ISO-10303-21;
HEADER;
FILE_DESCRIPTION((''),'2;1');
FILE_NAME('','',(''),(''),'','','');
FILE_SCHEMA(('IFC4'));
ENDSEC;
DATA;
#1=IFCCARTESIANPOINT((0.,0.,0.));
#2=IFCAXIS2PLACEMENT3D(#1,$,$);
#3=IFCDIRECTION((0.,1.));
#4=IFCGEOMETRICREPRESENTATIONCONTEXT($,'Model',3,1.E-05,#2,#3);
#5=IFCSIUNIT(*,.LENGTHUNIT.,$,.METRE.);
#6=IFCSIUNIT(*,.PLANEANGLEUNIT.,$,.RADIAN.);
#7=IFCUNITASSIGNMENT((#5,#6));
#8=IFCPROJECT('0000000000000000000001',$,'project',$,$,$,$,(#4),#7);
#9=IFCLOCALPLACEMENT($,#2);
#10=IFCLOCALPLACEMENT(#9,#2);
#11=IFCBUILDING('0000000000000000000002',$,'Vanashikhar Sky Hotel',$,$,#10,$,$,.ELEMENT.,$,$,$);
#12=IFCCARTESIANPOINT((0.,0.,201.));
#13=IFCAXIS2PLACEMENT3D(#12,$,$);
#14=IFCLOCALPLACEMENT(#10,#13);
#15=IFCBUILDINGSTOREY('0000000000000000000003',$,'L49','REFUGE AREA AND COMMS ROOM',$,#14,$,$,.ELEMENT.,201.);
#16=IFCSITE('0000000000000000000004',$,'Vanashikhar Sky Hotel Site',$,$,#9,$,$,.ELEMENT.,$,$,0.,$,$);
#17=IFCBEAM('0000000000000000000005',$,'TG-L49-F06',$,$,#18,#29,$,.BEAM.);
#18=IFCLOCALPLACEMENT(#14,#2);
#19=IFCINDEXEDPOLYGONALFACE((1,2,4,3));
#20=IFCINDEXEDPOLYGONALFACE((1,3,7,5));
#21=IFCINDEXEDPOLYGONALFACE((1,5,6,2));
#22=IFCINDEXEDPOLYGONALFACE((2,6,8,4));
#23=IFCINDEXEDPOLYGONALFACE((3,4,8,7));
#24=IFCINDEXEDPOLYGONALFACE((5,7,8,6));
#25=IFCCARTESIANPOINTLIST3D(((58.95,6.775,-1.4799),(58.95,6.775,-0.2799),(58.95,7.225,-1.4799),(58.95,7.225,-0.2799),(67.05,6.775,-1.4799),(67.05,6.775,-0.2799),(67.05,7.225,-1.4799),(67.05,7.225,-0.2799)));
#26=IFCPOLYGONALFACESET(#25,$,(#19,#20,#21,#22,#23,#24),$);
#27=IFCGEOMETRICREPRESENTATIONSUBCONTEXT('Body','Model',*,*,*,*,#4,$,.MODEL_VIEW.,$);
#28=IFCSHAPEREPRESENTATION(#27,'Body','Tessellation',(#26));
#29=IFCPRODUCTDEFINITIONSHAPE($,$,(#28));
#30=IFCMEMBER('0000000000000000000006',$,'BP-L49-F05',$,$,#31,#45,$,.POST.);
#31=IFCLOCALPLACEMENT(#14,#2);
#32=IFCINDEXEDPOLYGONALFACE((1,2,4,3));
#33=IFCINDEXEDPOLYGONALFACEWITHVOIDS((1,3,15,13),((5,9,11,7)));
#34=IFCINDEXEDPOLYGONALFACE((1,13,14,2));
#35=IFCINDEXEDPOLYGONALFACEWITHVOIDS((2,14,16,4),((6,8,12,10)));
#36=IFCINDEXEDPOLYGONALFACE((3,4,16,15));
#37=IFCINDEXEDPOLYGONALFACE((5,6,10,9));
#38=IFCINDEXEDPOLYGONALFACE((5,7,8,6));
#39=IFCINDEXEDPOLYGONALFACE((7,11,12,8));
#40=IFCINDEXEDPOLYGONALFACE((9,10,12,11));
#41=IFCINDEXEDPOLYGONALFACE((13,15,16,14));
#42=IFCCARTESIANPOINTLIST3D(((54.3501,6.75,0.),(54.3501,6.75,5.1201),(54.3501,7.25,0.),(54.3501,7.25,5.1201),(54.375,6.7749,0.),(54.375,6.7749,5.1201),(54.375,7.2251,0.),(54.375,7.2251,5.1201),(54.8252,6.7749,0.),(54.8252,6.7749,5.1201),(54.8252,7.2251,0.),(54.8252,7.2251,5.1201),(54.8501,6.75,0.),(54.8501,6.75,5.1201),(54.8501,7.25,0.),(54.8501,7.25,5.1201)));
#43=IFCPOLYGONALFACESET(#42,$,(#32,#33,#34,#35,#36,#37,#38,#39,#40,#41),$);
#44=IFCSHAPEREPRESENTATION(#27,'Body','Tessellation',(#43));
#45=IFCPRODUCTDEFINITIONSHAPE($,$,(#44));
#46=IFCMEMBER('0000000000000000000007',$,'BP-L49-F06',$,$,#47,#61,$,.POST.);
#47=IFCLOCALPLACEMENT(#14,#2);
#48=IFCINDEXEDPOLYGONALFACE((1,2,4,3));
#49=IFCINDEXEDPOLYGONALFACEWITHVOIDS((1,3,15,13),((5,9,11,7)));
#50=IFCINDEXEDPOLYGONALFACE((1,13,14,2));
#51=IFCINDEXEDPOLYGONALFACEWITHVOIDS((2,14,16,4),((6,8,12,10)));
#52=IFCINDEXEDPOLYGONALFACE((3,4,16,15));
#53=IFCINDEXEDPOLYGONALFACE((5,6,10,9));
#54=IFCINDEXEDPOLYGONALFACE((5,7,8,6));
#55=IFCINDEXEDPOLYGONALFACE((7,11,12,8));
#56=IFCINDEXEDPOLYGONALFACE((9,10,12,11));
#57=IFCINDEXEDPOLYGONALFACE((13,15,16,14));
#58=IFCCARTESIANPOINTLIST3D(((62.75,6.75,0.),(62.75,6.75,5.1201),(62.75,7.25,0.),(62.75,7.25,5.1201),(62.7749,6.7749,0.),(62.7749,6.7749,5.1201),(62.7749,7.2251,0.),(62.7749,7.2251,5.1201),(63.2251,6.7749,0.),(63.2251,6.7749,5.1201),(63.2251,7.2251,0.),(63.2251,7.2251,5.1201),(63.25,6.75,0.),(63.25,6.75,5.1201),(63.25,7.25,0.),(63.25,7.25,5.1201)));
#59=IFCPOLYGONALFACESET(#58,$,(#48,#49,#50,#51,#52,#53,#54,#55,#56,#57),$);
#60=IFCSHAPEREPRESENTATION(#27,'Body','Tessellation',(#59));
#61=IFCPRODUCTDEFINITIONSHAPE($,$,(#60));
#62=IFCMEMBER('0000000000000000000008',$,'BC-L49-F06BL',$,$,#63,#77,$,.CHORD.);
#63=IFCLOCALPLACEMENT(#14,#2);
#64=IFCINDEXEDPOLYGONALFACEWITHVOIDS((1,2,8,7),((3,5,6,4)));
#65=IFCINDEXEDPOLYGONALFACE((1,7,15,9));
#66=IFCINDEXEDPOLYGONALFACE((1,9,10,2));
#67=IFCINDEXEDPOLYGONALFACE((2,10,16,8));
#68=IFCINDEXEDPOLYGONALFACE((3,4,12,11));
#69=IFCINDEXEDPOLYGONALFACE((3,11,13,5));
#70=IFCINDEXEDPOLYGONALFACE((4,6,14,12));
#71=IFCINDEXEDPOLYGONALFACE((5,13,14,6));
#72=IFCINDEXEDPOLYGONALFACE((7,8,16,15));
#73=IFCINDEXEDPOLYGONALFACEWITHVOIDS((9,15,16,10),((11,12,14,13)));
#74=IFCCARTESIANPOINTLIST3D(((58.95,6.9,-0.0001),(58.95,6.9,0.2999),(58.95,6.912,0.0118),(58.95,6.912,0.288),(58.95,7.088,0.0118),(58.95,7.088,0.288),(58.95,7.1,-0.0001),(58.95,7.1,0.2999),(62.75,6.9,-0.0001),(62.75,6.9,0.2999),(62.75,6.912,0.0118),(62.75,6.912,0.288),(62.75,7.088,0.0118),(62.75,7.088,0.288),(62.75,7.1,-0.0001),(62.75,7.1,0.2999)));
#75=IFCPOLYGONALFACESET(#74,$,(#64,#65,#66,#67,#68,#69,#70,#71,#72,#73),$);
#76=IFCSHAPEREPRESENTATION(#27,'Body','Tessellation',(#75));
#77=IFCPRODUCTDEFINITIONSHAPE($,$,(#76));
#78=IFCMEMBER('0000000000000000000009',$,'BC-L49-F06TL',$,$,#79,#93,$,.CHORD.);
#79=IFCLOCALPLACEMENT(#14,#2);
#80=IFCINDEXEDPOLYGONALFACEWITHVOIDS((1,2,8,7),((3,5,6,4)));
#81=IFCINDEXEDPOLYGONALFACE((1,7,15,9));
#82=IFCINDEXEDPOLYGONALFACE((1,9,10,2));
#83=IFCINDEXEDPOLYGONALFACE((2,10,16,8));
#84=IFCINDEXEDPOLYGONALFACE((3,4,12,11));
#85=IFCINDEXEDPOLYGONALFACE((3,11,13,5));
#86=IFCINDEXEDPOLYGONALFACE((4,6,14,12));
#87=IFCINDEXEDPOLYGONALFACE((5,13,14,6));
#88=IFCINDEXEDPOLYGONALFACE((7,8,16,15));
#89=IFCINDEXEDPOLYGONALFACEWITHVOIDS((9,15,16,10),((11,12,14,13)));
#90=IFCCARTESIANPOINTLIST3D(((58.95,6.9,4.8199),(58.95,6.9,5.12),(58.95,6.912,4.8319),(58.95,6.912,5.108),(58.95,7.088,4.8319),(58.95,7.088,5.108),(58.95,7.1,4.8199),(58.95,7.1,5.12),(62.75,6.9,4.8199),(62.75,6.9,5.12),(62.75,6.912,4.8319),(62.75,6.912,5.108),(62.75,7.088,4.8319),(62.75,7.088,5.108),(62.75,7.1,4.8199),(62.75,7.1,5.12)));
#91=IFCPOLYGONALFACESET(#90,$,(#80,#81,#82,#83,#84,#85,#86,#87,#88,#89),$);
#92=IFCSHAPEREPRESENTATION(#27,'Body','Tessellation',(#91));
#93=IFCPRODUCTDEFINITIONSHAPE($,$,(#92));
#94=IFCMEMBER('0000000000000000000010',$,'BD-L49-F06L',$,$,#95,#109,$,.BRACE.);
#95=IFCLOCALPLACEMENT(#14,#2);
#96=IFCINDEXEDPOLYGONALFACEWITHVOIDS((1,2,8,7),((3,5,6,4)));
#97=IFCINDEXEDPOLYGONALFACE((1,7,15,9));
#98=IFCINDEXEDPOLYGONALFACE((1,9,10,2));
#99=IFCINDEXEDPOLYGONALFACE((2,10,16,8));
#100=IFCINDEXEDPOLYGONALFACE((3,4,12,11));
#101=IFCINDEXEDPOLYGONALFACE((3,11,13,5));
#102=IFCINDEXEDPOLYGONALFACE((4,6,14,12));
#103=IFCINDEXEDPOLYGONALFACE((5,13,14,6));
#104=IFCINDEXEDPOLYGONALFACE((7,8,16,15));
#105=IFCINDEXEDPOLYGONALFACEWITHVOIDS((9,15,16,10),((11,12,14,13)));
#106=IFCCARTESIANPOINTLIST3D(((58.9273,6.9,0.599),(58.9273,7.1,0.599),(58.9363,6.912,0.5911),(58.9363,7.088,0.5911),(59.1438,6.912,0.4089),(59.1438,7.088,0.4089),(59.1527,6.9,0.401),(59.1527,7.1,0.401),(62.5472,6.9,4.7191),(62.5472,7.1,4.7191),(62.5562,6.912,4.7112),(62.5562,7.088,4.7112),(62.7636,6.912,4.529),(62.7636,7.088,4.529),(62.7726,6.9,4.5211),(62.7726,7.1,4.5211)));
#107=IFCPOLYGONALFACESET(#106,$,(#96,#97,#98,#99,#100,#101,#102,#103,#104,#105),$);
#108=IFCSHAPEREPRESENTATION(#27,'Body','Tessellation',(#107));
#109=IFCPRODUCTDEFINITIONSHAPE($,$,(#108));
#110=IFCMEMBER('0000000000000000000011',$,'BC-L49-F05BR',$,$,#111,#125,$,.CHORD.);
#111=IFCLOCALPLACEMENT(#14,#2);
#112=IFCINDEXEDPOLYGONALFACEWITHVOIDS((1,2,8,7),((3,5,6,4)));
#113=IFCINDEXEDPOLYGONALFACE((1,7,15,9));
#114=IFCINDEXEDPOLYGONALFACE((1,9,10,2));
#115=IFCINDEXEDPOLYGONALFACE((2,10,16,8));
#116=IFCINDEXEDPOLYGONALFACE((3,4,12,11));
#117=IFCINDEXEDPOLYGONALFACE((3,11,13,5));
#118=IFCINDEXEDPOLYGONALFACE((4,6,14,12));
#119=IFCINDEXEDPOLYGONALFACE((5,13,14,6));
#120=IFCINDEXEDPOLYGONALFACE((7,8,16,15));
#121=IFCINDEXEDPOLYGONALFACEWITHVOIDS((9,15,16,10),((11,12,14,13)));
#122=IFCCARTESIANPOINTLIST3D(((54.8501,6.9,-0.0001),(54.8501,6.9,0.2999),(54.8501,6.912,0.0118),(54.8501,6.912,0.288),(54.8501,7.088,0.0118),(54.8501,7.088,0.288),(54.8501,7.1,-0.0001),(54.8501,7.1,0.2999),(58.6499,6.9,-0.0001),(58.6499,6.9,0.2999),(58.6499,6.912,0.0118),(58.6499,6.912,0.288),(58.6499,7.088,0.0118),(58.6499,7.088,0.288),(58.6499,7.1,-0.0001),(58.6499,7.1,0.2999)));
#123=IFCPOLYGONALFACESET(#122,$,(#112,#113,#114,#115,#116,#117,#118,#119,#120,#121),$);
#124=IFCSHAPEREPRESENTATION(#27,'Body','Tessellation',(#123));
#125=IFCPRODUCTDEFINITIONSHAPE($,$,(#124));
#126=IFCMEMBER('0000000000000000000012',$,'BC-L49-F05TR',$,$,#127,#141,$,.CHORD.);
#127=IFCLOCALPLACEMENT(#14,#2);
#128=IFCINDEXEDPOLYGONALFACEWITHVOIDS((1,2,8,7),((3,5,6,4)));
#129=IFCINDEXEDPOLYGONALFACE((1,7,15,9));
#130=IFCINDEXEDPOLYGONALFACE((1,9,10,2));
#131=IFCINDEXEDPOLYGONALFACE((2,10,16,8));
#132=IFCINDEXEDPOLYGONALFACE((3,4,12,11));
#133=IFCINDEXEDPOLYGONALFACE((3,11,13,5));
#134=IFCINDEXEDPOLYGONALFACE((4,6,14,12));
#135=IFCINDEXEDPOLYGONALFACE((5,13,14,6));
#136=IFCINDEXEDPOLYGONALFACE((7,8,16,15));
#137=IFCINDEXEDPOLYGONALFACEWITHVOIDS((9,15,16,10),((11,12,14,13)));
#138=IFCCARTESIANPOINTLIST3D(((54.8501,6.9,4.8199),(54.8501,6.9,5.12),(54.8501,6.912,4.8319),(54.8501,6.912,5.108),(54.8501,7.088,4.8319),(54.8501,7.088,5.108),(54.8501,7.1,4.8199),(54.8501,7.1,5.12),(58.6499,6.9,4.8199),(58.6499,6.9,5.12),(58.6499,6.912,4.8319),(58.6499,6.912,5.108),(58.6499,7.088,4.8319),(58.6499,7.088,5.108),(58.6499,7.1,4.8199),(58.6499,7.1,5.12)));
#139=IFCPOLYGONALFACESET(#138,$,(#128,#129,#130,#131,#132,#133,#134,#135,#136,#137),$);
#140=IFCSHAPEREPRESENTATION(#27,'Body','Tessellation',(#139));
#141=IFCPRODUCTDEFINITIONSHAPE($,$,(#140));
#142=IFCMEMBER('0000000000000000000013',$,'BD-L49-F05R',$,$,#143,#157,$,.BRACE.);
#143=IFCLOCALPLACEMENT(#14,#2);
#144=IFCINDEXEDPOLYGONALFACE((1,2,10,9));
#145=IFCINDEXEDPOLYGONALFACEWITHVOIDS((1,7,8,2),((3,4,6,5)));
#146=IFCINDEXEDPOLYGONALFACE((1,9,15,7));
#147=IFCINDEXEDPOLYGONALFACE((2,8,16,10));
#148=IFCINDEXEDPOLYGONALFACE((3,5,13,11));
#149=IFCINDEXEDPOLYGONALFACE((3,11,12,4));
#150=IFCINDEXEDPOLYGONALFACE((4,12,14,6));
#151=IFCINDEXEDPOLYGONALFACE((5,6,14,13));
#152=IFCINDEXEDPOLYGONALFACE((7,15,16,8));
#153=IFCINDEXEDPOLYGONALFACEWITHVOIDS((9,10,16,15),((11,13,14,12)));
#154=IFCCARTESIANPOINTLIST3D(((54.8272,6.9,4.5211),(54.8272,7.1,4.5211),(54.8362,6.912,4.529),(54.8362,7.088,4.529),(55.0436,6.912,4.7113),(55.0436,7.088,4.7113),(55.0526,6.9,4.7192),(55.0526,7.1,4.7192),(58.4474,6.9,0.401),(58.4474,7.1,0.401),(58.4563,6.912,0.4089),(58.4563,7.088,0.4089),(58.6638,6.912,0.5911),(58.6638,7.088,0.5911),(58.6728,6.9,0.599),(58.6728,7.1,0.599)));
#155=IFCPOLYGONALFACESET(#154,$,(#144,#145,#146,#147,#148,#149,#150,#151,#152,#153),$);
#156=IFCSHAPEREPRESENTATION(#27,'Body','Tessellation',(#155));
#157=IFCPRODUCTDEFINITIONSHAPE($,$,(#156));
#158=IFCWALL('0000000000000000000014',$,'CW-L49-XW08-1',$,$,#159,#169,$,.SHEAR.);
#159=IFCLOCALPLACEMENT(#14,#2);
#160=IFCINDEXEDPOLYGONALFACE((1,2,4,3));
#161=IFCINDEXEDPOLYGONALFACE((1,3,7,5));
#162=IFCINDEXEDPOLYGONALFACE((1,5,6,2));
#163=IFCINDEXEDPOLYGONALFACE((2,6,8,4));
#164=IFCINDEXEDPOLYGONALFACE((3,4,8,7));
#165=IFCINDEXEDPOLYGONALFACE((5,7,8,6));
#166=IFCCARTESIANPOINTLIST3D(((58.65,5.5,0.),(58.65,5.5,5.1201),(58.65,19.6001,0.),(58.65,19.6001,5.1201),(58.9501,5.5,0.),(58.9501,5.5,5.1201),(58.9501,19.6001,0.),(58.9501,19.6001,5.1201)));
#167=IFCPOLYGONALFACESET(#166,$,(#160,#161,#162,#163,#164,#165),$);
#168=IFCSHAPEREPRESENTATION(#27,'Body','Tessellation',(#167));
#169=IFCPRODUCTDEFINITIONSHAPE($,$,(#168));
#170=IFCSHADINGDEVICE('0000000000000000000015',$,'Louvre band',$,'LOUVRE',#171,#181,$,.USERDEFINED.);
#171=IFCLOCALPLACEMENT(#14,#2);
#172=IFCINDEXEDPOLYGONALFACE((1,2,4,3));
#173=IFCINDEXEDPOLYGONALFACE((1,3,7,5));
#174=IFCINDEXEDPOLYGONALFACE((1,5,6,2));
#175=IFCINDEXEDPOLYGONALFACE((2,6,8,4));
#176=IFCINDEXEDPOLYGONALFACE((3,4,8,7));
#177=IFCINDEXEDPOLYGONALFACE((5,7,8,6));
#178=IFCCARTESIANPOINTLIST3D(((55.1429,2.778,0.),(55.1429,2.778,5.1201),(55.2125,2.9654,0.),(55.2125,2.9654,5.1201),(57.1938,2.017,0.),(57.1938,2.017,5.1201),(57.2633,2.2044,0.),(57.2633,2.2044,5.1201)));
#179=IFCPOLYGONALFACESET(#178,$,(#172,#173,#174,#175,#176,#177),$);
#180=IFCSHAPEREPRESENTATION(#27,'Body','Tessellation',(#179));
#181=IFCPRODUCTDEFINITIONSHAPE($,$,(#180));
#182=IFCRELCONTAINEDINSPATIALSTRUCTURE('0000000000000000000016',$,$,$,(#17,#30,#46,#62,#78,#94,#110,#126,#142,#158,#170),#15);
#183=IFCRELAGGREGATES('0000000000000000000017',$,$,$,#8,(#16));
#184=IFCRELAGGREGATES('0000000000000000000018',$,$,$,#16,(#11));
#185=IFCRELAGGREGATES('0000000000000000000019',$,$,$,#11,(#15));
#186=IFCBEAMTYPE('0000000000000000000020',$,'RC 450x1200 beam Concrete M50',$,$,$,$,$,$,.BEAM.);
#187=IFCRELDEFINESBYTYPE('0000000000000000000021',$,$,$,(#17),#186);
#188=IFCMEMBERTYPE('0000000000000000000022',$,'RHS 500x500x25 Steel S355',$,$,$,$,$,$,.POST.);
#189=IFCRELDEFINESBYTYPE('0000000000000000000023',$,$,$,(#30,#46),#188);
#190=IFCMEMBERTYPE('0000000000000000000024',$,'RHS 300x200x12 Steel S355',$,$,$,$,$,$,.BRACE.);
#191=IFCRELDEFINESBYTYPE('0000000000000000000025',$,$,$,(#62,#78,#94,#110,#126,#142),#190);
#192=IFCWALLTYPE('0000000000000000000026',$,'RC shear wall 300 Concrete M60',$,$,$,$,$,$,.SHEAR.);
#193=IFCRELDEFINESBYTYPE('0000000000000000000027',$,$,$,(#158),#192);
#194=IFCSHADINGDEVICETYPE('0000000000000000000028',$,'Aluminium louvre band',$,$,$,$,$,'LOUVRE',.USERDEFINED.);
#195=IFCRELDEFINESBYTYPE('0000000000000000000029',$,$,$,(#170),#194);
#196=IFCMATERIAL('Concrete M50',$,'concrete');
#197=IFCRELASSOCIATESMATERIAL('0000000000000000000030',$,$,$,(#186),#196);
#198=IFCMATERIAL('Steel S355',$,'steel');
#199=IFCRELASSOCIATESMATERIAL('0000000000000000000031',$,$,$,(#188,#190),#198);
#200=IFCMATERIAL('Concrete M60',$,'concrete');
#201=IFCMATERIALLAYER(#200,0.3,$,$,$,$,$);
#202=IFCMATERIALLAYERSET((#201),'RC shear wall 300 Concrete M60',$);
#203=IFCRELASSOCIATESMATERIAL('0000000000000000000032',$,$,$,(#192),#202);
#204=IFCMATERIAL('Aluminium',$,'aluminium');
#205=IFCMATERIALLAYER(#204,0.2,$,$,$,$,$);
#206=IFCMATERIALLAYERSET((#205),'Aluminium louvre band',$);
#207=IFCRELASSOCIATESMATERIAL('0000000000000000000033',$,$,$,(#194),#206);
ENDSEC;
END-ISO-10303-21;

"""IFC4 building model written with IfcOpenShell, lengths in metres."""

from ifc_helpers import new_model, si_unit, direction, frame, frame_2d, origin, origin_2d, place, context, subcontext, project, spatial, rectangle, hollow_rectangle, extrude, source, transform, mapped, material, layer, layer_set, material_profile, profile_set, type_object, element, save


model = new_model("IFC4")

# Units and contexts
model_context = context("Model", 3, precision=1e-05, world=origin(), true_north=direction((0.0, 1.0)))
body_context = subcontext(model_context, "Body", "Model", "MODEL_VIEW")
ifc_project = project(units=[si_unit("LENGTHUNIT", "METRE"), si_unit("PLANEANGLEUNIT", "RADIAN")], contexts=[model_context])

# Site, building, storey
site_placement = place(None, origin())
site = spatial("IfcSite", under=ifc_project, at=site_placement, Name="Vanashikhar Sky Hotel Site", CompositionType="ELEMENT", RefElevation=0.0)
building_placement = place(site_placement, origin())
building = spatial("IfcBuilding", under=site, at=building_placement, Name="Vanashikhar Sky Hotel", CompositionType="ELEMENT")
storey_placement = place(building_placement, frame((0.0, 0.0, 201.0)))
storey = spatial("IfcBuildingStorey", under=building, at=storey_placement, Name="L49", Description="REFUGE AREA AND COMMS ROOM", CompositionType="ELEMENT", Elevation=201.0)

# Beam
ifc_material_1 = material(Name="Concrete M50", Category="concrete")
ifc_material_profile_1 = material_profile(ifc_material_1, rectangle(XDim=0.45, YDim=1.2, at=origin_2d()))
ifc_profile_set_1 = profile_set([ifc_material_profile_1], Name="RC 450x1200 beam Concrete M50")
beam_type = type_object("IfcBeamType", Name="RC 450x1200 beam Concrete M50", PredefinedType="BEAM", material=ifc_profile_set_1)
shared_shape_1 = source(origin(), body_context, "Body", "SweptSolid", [
    extrude(rectangle(XDim=0.45, YDim=1.2, at=origin_2d()), origin(), (0.0, 0.0, 1.0), 8.1001),
])
beam_placement = place(storey_placement, frame((58.95, 7.0, -0.8799), z_axis=(1.0, 0.0, 0.0), x_axis=(0.0, 1.0, 0.0)))
element("IfcBeam", 1, at=beam_placement, inside=storey, type_object=beam_type, Name="TG-L49-F06", PredefinedType="BEAM", context=body_context, shape_type="MappedRepresentation", body=[
    mapped(shared_shape_1, transform((0.0, 0.0, 0.0), scale=1.0)),
])

# Members
ifc_material_2 = material(Name="Steel S355", Category="steel")
ifc_material_profile_2 = material_profile(ifc_material_2, hollow_rectangle(XDim=0.5, YDim=0.5, WallThickness=0.0249, at=origin_2d()))
ifc_profile_set_2 = profile_set([ifc_material_profile_2], Name="RHS 500x500x25 Steel S355")
member_type_1 = type_object("IfcMemberType", Name="RHS 500x500x25 Steel S355", PredefinedType="POST", material=ifc_profile_set_2)
shared_shape_2 = source(origin(), body_context, "Body", "SweptSolid", [
    extrude(hollow_rectangle(XDim=0.5, YDim=0.5, WallThickness=0.0249, at=origin_2d()), origin(), (0.0, 0.0, 1.0), 5.1201),
])
for number, where, z_axis, x_axis, name in (
    (2, (54.6001, 7.0, 0.0), (0.0, 0.0, 1.0), (1.0, 0.0, 0.0), "BP-L49-F05"),
    (3, (63.0, 7.0, 0.0), (0.0, 0.0, 1.0), (1.0, 0.0, 0.0), "BP-L49-F06"),
):
    element("IfcMember", number, at=place(storey_placement, frame(where, z_axis=z_axis, x_axis=x_axis)), inside=storey, type_object=member_type_1, Name=name, PredefinedType="POST", context=body_context, shape_type="MappedRepresentation", body=[
        mapped(shared_shape_2, transform((0.0, 0.0, 0.0), scale=1.0)),
    ])
ifc_material_profile_3 = material_profile(ifc_material_2, hollow_rectangle(XDim=0.2, YDim=0.3, WallThickness=0.012, at=origin_2d()))
ifc_profile_set_3 = profile_set([ifc_material_profile_3], Name="RHS 300x200x12 Steel S355")
member_type_2 = type_object("IfcMemberType", Name="RHS 300x200x12 Steel S355", PredefinedType="BRACE", material=ifc_profile_set_3)
shared_shape_3 = source(origin(), body_context, "Body", "SweptSolid", [
    extrude(hollow_rectangle(XDim=0.2, YDim=0.3, WallThickness=0.012, at=origin_2d()), origin(), (0.0, 0.0, 1.0), 3.8),
])
for number, where, z_axis, x_axis, name in (
    (4, (58.95, 7.0, 0.1499), (1.0, 0.0, 0.0), (0.0, 1.0, 0.0), "BC-L49-F06BL"),
    (5, (58.95, 7.0, 4.97), (1.0, 0.0, 0.0), (0.0, 1.0, 0.0), "BC-L49-F06TL"),
):
    element("IfcMember", number, at=place(storey_placement, frame(where, z_axis=z_axis, x_axis=x_axis)), inside=storey, type_object=member_type_2, Name=name, PredefinedType="CHORD", context=body_context, shape_type="MappedRepresentation", body=[
        mapped(shared_shape_3, transform((0.0, 0.0, 0.0), scale=1.0)),
    ])
shared_shape_4 = source(origin(), body_context, "Body", "SweptSolid", [
    extrude(hollow_rectangle(XDim=0.2, YDim=0.3, WallThickness=0.012, at=origin_2d()), origin(), (0.0, 0.0, 1.0), 5.4844),
])
member_1_placement = place(storey_placement, frame((59.04, 7.0, 0.5), z_axis=(0.660029, 0.0, 0.75124), x_axis=(0.0, 1.0, 0.0)))
element("IfcMember", 6, at=member_1_placement, inside=storey, type_object=member_type_2, Name="BD-L49-F06L", PredefinedType="BRACE", context=body_context, shape_type="MappedRepresentation", body=[
    mapped(shared_shape_4, transform((0.0, 0.0, 0.0), scale=1.0)),
])
shared_shape_5 = source(origin(), body_context, "Body", "SweptSolid", [
    extrude(hollow_rectangle(XDim=0.2, YDim=0.3, WallThickness=0.012, at=origin_2d()), origin(), (0.0, 0.0, 1.0), 3.7998),
])
for number, where, z_axis, x_axis, name in (
    (7, (54.8501, 7.0, 0.1499), (1.0, 0.0, 0.0), (0.0, 1.0, 0.0), "BC-L49-F05BR"),
    (8, (54.8501, 7.0, 4.97), (1.0, 0.0, 0.0), (0.0, 1.0, 0.0), "BC-L49-F05TR"),
):
    element("IfcMember", number, at=place(storey_placement, frame(where, z_axis=z_axis, x_axis=x_axis)), inside=storey, type_object=member_type_2, Name=name, PredefinedType="CHORD", context=body_context, shape_type="MappedRepresentation", body=[
        mapped(shared_shape_5, transform((0.0, 0.0, 0.0), scale=1.0)),
    ])
shared_shape_6 = source(origin(), body_context, "Body", "SweptSolid", [
    extrude(hollow_rectangle(XDim=0.2, YDim=0.3, WallThickness=0.012, at=origin_2d()), origin(), (0.0, 0.0, 1.0), 5.4846),
])
member_2_placement = place(storey_placement, frame((58.5601, 7.0, 0.5), z_axis=(-0.660054, 0.0, 0.751218), x_axis=(0.0, -1.0, 0.0)))
element("IfcMember", 9, at=member_2_placement, inside=storey, type_object=member_type_2, Name="BD-L49-F05R", PredefinedType="BRACE", context=body_context, shape_type="MappedRepresentation", body=[
    mapped(shared_shape_6, transform((0.0, 0.0, 0.0), scale=1.0)),
])

# Wall
ifc_material_3 = material(Name="Concrete M60", Category="concrete")
ifc_layer_1 = layer(ifc_material_3, 0.3)
ifc_layer_set_1 = layer_set([ifc_layer_1], Name="RC shear wall 300 Concrete M60")
wall_type = type_object("IfcWallType", Name="RC shear wall 300 Concrete M60", PredefinedType="SHEAR", material=ifc_layer_set_1)
shared_shape_7 = source(origin(), body_context, "Body", "SweptSolid", [
    extrude(rectangle(XDim=14.1001, YDim=0.3, at=frame_2d((7.05, 0.0))), origin(), (0.0, 0.0, 1.0), 5.1201),
])
wall_placement = place(storey_placement, frame((58.8, 5.5, 0.0), z_axis=(0.0, 0.0, 1.0), x_axis=(0.0, 1.0, 0.0)))
element("IfcWall", 10, at=wall_placement, inside=storey, type_object=wall_type, Name="CW-L49-XW08-1", PredefinedType="SHEAR", context=body_context, shape_type="MappedRepresentation", body=[
    mapped(shared_shape_7, transform((0.0, 0.0, 0.0), scale=1.0)),
])

# Shading device
ifc_material_4 = material(Name="Aluminium", Category="aluminium")
ifc_layer_2 = layer(ifc_material_4, 0.2)
ifc_layer_set_2 = layer_set([ifc_layer_2], Name="Aluminium louvre band")
shading_device_type = type_object("IfcShadingDeviceType", Name="Aluminium louvre band", ElementType="LOUVRE", PredefinedType="USERDEFINED", material=ifc_layer_set_2)
shared_shape_8 = source(origin(), body_context, "Body", "SweptSolid", [
    extrude(rectangle(XDim=2.1875, YDim=0.2, at=origin_2d()), origin(), (0.0, 0.0, 1.0), 5.1201),
])
for number, where, z_axis, x_axis, name in (
    (11, (56.2031, 2.4912, 0.0), (0.0, 0.0, 1.0), (0.937537, -0.347885, 0.0), "Louvre band"),
):
    element("IfcShadingDevice", number, at=place(storey_placement, frame(where, z_axis=z_axis, x_axis=x_axis)), inside=storey, type_object=shading_device_type, Name=name, ObjectType="LOUVRE", PredefinedType="USERDEFINED", context=body_context, shape_type="MappedRepresentation", body=[
        mapped(shared_shape_8, transform((0.0, 0.0, 0.0), scale=1.0)),
    ])

save(model, "model.ifc")
